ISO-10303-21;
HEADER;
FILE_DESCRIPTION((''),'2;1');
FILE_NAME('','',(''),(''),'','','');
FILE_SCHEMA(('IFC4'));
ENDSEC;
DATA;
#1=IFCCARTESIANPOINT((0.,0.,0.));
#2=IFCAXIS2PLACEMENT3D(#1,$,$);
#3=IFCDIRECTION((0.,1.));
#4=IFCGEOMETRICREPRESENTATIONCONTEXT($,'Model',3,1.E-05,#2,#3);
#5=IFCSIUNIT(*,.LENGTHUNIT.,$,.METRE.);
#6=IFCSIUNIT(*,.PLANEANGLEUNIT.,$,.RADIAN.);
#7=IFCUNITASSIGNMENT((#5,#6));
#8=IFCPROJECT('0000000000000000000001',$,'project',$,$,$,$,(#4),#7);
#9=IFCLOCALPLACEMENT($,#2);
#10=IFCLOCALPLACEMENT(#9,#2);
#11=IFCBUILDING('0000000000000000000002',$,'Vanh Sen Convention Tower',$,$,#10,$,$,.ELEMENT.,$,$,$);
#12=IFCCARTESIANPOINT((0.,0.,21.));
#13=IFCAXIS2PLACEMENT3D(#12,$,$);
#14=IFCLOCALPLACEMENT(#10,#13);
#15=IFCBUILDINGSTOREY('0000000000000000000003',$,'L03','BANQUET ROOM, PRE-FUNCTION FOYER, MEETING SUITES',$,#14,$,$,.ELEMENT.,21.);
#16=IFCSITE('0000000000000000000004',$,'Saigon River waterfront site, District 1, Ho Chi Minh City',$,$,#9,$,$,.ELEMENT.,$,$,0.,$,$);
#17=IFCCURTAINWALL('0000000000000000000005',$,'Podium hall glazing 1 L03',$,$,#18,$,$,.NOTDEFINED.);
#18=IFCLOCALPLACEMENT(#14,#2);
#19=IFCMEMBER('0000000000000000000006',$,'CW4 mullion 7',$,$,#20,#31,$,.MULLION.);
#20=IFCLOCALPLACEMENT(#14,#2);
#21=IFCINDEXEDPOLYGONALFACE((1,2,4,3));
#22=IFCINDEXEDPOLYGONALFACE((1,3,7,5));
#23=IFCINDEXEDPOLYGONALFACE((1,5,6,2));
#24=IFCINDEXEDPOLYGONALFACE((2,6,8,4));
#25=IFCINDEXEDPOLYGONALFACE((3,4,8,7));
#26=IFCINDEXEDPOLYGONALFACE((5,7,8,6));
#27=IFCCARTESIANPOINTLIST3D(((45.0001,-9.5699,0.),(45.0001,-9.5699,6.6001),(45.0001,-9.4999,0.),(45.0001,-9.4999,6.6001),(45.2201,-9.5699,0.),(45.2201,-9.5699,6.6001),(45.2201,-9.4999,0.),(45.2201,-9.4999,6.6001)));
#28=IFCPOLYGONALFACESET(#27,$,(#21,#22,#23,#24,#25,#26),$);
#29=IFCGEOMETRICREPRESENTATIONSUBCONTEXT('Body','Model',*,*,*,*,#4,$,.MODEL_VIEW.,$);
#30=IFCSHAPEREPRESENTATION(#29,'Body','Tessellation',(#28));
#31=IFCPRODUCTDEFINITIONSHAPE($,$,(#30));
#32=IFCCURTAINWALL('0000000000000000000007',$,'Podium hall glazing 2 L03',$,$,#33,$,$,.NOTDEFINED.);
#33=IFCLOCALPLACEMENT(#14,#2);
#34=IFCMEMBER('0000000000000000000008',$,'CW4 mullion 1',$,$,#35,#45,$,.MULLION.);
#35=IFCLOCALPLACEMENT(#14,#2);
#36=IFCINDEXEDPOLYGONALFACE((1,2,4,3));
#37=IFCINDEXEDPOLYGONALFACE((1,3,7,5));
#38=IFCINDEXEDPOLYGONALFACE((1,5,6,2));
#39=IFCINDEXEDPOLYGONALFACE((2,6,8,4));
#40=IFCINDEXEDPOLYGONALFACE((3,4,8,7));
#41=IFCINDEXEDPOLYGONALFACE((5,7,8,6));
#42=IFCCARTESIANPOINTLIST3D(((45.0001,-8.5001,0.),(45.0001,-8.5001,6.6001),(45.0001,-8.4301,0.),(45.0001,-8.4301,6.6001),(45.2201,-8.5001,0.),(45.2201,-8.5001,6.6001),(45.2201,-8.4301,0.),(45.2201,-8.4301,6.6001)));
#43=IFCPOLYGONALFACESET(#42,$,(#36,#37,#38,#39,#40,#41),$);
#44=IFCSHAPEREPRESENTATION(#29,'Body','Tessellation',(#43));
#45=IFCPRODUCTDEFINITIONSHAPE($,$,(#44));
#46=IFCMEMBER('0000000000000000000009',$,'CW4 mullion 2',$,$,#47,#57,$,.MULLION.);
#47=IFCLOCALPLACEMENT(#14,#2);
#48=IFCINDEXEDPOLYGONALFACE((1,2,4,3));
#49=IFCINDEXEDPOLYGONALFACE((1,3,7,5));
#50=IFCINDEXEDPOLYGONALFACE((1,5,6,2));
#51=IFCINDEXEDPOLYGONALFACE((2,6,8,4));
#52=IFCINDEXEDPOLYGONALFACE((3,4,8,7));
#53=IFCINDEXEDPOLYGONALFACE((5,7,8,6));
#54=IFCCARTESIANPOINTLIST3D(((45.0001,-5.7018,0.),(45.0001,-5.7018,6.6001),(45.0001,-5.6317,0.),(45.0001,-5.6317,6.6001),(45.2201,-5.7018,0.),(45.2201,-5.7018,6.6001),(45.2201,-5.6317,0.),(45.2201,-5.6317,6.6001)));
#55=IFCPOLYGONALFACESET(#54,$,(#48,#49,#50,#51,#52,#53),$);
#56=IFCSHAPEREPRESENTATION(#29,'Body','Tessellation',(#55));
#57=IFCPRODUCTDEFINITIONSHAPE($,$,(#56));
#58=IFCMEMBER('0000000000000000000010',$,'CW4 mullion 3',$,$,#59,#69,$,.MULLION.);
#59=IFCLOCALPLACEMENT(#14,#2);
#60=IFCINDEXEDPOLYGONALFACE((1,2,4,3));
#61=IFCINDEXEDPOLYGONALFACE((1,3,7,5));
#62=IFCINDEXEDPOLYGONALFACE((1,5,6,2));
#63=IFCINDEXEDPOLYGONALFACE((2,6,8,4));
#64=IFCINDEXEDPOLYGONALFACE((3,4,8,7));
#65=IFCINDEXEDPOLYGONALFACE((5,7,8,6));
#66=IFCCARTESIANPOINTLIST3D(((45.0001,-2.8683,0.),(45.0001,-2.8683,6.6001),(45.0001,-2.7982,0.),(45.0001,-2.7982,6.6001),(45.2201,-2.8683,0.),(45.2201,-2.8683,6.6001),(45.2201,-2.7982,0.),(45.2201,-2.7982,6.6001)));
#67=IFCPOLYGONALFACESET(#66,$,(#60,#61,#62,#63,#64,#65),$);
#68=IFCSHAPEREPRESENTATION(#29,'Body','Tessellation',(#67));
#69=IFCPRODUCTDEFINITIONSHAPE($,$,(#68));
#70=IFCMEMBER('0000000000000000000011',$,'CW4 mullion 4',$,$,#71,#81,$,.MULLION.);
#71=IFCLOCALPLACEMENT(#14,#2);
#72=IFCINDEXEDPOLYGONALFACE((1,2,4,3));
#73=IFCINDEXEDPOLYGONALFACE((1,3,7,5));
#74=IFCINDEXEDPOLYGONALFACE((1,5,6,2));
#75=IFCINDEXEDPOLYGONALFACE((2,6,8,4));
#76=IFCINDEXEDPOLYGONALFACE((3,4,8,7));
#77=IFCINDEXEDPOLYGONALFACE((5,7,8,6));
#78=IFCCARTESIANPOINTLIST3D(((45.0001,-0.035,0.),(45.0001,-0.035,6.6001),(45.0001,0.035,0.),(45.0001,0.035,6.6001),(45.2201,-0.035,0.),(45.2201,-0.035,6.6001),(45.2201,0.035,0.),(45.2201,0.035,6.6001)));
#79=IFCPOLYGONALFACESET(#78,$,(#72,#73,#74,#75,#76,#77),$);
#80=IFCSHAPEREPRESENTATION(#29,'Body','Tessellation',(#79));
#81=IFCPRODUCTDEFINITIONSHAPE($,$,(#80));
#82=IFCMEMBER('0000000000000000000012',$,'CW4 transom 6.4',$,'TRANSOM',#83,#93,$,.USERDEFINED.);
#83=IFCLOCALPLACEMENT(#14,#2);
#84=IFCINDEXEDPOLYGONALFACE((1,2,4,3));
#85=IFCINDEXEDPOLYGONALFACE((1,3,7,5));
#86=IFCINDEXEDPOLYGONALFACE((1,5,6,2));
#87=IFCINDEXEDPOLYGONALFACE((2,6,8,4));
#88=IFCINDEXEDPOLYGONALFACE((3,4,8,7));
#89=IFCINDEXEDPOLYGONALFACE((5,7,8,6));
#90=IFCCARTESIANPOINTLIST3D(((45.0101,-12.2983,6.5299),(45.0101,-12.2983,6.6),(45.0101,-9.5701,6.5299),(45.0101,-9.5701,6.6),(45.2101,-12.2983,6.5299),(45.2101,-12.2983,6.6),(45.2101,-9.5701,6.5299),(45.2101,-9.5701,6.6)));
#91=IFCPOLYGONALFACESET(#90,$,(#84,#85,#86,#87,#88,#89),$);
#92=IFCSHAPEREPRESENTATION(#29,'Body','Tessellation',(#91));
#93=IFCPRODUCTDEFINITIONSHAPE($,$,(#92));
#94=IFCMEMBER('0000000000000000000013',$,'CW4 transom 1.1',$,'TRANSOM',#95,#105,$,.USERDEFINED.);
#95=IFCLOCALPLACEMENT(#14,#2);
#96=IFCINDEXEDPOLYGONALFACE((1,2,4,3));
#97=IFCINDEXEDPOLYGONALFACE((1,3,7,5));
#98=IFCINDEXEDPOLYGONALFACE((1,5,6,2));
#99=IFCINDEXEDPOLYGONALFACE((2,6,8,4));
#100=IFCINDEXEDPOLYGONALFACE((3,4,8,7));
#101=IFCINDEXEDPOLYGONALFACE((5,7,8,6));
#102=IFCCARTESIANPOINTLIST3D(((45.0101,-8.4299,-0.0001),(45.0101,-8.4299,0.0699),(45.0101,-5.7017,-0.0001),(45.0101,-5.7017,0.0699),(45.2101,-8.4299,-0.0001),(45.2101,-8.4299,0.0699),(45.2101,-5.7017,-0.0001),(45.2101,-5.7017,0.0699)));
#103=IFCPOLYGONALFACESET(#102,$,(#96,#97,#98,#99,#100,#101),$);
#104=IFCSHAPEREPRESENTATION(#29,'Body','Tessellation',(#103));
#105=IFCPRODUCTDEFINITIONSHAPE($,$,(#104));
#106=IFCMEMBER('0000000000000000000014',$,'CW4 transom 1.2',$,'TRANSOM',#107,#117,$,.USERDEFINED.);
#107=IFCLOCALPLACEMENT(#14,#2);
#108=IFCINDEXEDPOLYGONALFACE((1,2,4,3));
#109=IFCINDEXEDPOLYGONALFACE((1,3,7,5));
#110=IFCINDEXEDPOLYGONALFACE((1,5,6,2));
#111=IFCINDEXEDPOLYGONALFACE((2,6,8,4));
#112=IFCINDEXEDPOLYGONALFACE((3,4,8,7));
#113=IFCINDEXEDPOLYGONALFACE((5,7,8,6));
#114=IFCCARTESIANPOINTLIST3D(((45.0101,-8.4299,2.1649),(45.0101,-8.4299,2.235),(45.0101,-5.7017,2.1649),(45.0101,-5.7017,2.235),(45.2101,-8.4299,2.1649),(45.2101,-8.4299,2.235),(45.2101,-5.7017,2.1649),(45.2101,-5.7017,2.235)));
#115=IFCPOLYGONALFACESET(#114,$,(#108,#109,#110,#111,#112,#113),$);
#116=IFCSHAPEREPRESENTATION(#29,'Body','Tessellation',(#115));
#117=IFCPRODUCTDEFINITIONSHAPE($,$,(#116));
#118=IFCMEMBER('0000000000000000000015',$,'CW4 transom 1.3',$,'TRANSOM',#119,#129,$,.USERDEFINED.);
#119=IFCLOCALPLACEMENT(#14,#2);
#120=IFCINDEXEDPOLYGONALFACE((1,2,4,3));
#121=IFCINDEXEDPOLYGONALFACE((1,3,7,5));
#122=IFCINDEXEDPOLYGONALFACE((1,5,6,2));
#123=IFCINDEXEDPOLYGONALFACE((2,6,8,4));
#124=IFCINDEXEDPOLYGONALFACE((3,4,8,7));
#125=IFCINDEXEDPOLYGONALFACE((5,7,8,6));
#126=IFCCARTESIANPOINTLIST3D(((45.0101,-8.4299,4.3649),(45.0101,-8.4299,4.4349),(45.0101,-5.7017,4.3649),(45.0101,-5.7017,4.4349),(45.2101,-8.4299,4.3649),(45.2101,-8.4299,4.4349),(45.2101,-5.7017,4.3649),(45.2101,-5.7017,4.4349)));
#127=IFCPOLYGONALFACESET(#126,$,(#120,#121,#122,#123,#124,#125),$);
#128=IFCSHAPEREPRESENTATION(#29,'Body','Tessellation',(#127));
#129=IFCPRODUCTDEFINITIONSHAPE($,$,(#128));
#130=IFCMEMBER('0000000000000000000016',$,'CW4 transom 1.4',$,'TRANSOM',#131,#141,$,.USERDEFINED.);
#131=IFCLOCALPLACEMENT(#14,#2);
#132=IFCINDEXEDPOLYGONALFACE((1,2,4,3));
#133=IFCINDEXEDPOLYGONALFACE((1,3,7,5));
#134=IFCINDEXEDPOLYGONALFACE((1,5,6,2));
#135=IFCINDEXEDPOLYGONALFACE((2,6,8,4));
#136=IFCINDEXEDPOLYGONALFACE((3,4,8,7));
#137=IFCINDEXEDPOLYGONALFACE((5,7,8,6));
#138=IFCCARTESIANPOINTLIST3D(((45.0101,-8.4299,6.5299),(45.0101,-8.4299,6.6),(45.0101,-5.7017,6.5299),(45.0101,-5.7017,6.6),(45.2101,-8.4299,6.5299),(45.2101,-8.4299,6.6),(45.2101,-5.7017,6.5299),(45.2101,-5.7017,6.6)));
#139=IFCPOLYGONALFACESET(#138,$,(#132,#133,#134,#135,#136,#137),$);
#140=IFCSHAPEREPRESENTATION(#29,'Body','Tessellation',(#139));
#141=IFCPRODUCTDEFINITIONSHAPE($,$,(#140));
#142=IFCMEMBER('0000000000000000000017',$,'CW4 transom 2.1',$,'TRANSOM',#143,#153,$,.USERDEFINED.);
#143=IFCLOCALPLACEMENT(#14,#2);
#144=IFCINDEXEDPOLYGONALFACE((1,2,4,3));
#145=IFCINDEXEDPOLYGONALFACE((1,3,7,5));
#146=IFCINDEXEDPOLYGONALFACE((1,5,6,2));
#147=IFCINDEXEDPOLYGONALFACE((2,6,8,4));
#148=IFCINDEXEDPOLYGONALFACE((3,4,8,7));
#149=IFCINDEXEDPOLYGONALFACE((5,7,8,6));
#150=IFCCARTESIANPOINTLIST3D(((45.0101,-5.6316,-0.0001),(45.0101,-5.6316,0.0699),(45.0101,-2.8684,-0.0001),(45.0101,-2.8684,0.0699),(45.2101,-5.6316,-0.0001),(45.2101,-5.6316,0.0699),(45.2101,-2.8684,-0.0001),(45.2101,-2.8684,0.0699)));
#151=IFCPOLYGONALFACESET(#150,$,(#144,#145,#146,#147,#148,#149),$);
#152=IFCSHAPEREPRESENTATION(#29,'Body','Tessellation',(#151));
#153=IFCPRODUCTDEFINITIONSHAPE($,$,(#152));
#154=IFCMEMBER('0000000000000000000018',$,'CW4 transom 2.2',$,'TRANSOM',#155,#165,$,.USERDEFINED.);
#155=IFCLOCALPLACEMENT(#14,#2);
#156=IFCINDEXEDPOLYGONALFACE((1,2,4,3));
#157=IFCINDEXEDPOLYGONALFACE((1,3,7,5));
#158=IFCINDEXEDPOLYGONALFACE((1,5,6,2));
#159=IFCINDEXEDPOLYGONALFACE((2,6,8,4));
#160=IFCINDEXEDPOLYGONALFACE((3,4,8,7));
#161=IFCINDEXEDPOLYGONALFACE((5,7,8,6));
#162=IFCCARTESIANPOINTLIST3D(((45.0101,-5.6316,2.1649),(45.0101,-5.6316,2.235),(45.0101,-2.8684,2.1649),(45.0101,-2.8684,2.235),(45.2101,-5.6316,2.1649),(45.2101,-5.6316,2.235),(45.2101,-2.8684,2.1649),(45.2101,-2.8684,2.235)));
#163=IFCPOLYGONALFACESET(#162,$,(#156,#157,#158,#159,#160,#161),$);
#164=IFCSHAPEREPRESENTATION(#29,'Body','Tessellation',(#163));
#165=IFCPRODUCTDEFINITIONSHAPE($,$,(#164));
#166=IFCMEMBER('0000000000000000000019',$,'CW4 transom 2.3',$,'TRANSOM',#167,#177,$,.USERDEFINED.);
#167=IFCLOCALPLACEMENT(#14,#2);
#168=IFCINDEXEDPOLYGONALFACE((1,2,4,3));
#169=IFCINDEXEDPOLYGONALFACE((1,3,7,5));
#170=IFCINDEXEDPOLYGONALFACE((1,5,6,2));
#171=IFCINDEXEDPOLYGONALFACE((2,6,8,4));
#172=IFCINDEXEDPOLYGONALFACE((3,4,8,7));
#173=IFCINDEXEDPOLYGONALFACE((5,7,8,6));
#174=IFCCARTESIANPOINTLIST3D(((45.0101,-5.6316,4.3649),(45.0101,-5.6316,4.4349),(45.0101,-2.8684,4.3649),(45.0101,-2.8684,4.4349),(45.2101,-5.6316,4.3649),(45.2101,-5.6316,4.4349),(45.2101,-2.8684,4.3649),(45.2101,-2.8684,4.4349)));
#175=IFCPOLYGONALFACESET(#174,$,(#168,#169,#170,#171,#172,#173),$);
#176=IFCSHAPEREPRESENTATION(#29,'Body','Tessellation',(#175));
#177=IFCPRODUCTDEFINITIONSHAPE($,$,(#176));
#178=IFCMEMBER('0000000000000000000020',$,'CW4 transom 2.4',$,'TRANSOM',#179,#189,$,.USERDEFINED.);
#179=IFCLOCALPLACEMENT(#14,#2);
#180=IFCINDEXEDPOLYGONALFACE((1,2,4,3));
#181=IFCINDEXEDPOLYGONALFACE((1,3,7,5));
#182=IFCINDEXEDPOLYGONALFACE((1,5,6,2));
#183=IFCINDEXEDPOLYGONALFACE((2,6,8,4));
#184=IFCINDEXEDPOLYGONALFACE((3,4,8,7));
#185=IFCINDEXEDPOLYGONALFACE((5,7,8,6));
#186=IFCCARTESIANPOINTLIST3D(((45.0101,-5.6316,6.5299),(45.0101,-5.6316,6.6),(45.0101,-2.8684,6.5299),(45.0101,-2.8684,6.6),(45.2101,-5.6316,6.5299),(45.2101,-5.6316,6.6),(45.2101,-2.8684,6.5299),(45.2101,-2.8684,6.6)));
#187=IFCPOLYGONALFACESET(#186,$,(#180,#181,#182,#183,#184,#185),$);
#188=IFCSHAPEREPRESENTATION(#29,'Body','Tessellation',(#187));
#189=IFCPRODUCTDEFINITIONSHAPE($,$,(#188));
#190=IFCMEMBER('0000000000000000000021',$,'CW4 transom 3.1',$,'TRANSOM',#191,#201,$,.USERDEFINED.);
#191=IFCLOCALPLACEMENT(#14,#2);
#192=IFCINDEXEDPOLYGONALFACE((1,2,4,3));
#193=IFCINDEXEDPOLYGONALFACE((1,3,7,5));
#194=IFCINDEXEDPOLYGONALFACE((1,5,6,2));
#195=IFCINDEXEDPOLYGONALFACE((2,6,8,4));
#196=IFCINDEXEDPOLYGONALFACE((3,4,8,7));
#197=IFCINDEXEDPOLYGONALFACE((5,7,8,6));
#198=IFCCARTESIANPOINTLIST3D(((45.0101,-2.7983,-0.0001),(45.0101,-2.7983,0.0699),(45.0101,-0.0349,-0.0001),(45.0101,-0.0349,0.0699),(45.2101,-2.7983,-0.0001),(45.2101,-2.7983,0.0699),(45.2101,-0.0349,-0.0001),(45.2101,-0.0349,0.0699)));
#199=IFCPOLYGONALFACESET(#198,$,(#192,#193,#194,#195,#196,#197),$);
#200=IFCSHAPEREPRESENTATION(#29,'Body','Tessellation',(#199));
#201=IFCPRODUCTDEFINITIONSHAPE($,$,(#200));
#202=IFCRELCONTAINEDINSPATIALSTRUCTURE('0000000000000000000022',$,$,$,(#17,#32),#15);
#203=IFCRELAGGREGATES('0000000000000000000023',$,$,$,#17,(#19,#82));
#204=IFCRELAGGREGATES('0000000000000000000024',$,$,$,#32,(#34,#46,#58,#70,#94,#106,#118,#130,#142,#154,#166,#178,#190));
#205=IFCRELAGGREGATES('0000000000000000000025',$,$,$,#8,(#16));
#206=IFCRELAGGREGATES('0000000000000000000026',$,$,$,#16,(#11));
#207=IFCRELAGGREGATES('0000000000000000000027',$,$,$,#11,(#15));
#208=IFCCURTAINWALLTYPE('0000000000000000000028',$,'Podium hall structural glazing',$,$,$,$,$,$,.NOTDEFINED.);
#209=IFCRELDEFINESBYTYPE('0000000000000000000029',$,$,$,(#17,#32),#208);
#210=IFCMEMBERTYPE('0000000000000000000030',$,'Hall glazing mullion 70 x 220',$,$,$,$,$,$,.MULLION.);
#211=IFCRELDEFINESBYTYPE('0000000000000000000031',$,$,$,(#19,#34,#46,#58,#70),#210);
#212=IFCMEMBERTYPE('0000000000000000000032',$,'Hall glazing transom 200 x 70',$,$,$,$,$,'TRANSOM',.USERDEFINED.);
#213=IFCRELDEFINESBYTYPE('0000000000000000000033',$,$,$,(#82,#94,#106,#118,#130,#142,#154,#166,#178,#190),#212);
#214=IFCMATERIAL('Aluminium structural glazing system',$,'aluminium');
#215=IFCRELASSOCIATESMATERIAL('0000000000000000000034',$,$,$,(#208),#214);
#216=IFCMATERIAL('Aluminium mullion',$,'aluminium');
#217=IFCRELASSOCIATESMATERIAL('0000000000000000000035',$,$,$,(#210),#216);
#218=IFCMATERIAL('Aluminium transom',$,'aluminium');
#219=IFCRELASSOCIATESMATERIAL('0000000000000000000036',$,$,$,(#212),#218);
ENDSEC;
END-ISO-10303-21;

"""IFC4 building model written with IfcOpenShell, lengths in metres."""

from ifc_helpers import new_model, si_unit, direction, frame, origin, origin_2d, place, context, subcontext, project, spatial, rectangle, extrude, material, material_profile, profile_set, type_object, element, aggregate, save


model = new_model("IFC4")

# Units and contexts
model_context = context("Model", 3, precision=1e-05, world=origin(), true_north=direction((0.0, 1.0)))
body_context = subcontext(model_context, "Body", "Model", "MODEL_VIEW")
ifc_project = project(units=[si_unit("LENGTHUNIT", "METRE"), si_unit("PLANEANGLEUNIT", "RADIAN")], contexts=[model_context])

# Site, building, storey
site_placement = place(None, origin())
site = spatial("IfcSite", under=ifc_project, at=site_placement, Name="Saigon River waterfront site, District 1, Ho Chi Minh City", CompositionType="ELEMENT", RefElevation=0.0)
building_placement = place(site_placement, origin())
building = spatial("IfcBuilding", under=site, at=building_placement, Name="Vanh Sen Convention Tower", CompositionType="ELEMENT")
storey_placement = place(building_placement, frame((0.0, 0.0, 21.0)))
storey = spatial("IfcBuildingStorey", under=building, at=storey_placement, Name="L03", Description="BANQUET ROOM, PRE-FUNCTION FOYER, MEETING SUITES", CompositionType="ELEMENT", Elevation=21.0)

# Curtain wall, member
ifc_material_1 = material(Name="Aluminium structural glazing system", Category="aluminium")
curtain_wall_type = type_object("IfcCurtainWallType", Name="Podium hall structural glazing", PredefinedType="NOTDEFINED", material=ifc_material_1)
curtain_wall_1_placement = place(storey_placement, origin())
curtain_wall_1 = element("IfcCurtainWall", 1, at=curtain_wall_1_placement, inside=storey, type_object=curtain_wall_type, Name="Podium hall glazing 1 L03", PredefinedType="NOTDEFINED")
ifc_material_2 = material(Name="Aluminium mullion", Category="aluminium")
ifc_material_profile_1 = material_profile(ifc_material_2, rectangle(XDim=0.22, YDim=0.0701, at=origin_2d()), Name="Hall glazing mullion 70 x 220")
ifc_profile_set_1 = profile_set([ifc_material_profile_1], Name="Aluminium mullion")
member_type_1 = type_object("IfcMemberType", Name="Hall glazing mullion 70 x 220", PredefinedType="MULLION", material=ifc_profile_set_1)
member_1_placement = place(storey_placement, frame((45.1101, -9.5349, 0.0), z_axis=(0.0, 0.0, 1.0), x_axis=(-1.0, 0.0, 0.0)))
member_1 = element("IfcMember", 2, at=member_1_placement, type_object=member_type_1, Name="CW4 mullion 7", PredefinedType="MULLION", context=body_context, shape_type="SweptSolid", body=[
    extrude(rectangle(XDim=0.22, YDim=0.0701, at=origin_2d()), origin(), (0.0, 0.0, 1.0), 6.6001),
])

# Curtain wall, members
curtain_wall_2_placement = place(storey_placement, origin())
curtain_wall_2 = element("IfcCurtainWall", 3, at=curtain_wall_2_placement, inside=storey, type_object=curtain_wall_type, Name="Podium hall glazing 2 L03", PredefinedType="NOTDEFINED")
member_2_placement = place(storey_placement, frame((45.1101, -8.4651, 0.0), z_axis=(0.0, 0.0, 1.0), x_axis=(-1.0, 0.0, 0.0)))
member_2 = element("IfcMember", 4, at=member_2_placement, type_object=member_type_1, Name="CW4 mullion 1", PredefinedType="MULLION", context=body_context, shape_type="SweptSolid", body=[
    extrude(rectangle(XDim=0.22, YDim=0.0701, at=origin_2d()), origin(), (0.0, 0.0, 1.0), 6.6001),
])
member_3_placement = place(storey_placement, frame((45.1101, -5.6667, 0.0), z_axis=(0.0, 0.0, 1.0), x_axis=(-1.0, 0.0, 0.0)))
member_3 = element("IfcMember", 5, at=member_3_placement, type_object=member_type_1, Name="CW4 mullion 2", PredefinedType="MULLION", context=body_context, shape_type="SweptSolid", body=[
    extrude(rectangle(XDim=0.22, YDim=0.0701, at=origin_2d()), origin(), (0.0, 0.0, 1.0), 6.6001),
])
member_4_placement = place(storey_placement, frame((45.1101, -2.8333, 0.0), z_axis=(0.0, 0.0, 1.0), x_axis=(-1.0, 0.0, 0.0)))
member_4 = element("IfcMember", 6, at=member_4_placement, type_object=member_type_1, Name="CW4 mullion 3", PredefinedType="MULLION", context=body_context, shape_type="SweptSolid", body=[
    extrude(rectangle(XDim=0.22, YDim=0.0701, at=origin_2d()), origin(), (0.0, 0.0, 1.0), 6.6001),
])
member_5_placement = place(storey_placement, frame((45.1101, 0.0, 0.0), z_axis=(0.0, 0.0, 1.0), x_axis=(-1.0, 0.0, 0.0)))
member_5 = element("IfcMember", 7, at=member_5_placement, type_object=member_type_1, Name="CW4 mullion 4", PredefinedType="MULLION", context=body_context, shape_type="SweptSolid", body=[
    extrude(rectangle(XDim=0.22, YDim=0.0701, at=origin_2d()), origin(), (0.0, 0.0, 1.0), 6.6001),
])

# Members
ifc_material_3 = material(Name="Aluminium transom", Category="aluminium")
ifc_material_profile_2 = material_profile(ifc_material_3, rectangle(XDim=0.2, YDim=0.0701, at=origin_2d()), Name="Hall glazing transom 200 x 70")
ifc_profile_set_2 = profile_set([ifc_material_profile_2], Name="Aluminium transom")
member_type_2 = type_object("IfcMemberType", Name="Hall glazing transom 200 x 70", ElementType="TRANSOM", PredefinedType="USERDEFINED", material=ifc_profile_set_2)
member_6_placement = place(storey_placement, frame((45.1101, -12.2983, 6.5649), z_axis=(0.0, 1.0, 0.0), x_axis=(-1.0, 0.0, 0.0)))
member_6 = element("IfcMember", 8, at=member_6_placement, type_object=member_type_2, Name="CW4 transom 6.4", ObjectType="TRANSOM", PredefinedType="USERDEFINED", context=body_context, shape_type="SweptSolid", body=[
    extrude(rectangle(XDim=0.2, YDim=0.0701, at=origin_2d()), origin(), (0.0, 0.0, 1.0), 2.7283),
])
member_7_placement = place(storey_placement, frame((45.1101, -8.4299, 0.0349), z_axis=(0.0, 1.0, 0.0), x_axis=(-1.0, 0.0, 0.0)))
member_7 = element("IfcMember", 9, at=member_7_placement, type_object=member_type_2, Name="CW4 transom 1.1", ObjectType="TRANSOM", PredefinedType="USERDEFINED", context=body_context, shape_type="SweptSolid", body=[
    extrude(rectangle(XDim=0.2, YDim=0.0701, at=origin_2d()), origin(), (0.0, 0.0, 1.0), 2.7283),
])
member_8_placement = place(storey_placement, frame((45.1101, -8.4299, 2.2), z_axis=(0.0, 1.0, 0.0), x_axis=(-1.0, 0.0, 0.0)))
member_8 = element("IfcMember", 10, at=member_8_placement, type_object=member_type_2, Name="CW4 transom 1.2", ObjectType="TRANSOM", PredefinedType="USERDEFINED", context=body_context, shape_type="SweptSolid", body=[
    extrude(rectangle(XDim=0.2, YDim=0.0701, at=origin_2d()), origin(), (0.0, 0.0, 1.0), 2.7283),
])
member_9_placement = place(storey_placement, frame((45.1101, -8.4299, 4.3999), z_axis=(0.0, 1.0, 0.0), x_axis=(-1.0, 0.0, 0.0)))
member_9 = element("IfcMember", 11, at=member_9_placement, type_object=member_type_2, Name="CW4 transom 1.3", ObjectType="TRANSOM", PredefinedType="USERDEFINED", context=body_context, shape_type="SweptSolid", body=[
    extrude(rectangle(XDim=0.2, YDim=0.0701, at=origin_2d()), origin(), (0.0, 0.0, 1.0), 2.7283),
])
member_10_placement = place(storey_placement, frame((45.1101, -8.4299, 6.5649), z_axis=(0.0, 1.0, 0.0), x_axis=(-1.0, 0.0, 0.0)))
member_10 = element("IfcMember", 12, at=member_10_placement, type_object=member_type_2, Name="CW4 transom 1.4", ObjectType="TRANSOM", PredefinedType="USERDEFINED", context=body_context, shape_type="SweptSolid", body=[
    extrude(rectangle(XDim=0.2, YDim=0.0701, at=origin_2d()), origin(), (0.0, 0.0, 1.0), 2.7283),
])
member_11_placement = place(storey_placement, frame((45.1101, -5.6316, 0.0349), z_axis=(0.0, 1.0, 0.0), x_axis=(-1.0, 0.0, 0.0)))
member_11 = element("IfcMember", 13, at=member_11_placement, type_object=member_type_2, Name="CW4 transom 2.1", ObjectType="TRANSOM", PredefinedType="USERDEFINED", context=body_context, shape_type="SweptSolid", body=[
    extrude(rectangle(XDim=0.2, YDim=0.0701, at=origin_2d()), origin(), (0.0, 0.0, 1.0), 2.7632),
])
member_12_placement = place(storey_placement, frame((45.1101, -5.6316, 2.2), z_axis=(0.0, 1.0, 0.0), x_axis=(-1.0, 0.0, 0.0)))
member_12 = element("IfcMember", 14, at=member_12_placement, type_object=member_type_2, Name="CW4 transom 2.2", ObjectType="TRANSOM", PredefinedType="USERDEFINED", context=body_context, shape_type="SweptSolid", body=[
    extrude(rectangle(XDim=0.2, YDim=0.0701, at=origin_2d()), origin(), (0.0, 0.0, 1.0), 2.7632),
])
member_13_placement = place(storey_placement, frame((45.1101, -5.6316, 4.3999), z_axis=(0.0, 1.0, 0.0), x_axis=(-1.0, 0.0, 0.0)))
member_13 = element("IfcMember", 15, at=member_13_placement, type_object=member_type_2, Name="CW4 transom 2.3", ObjectType="TRANSOM", PredefinedType="USERDEFINED", context=body_context, shape_type="SweptSolid", body=[
    extrude(rectangle(XDim=0.2, YDim=0.0701, at=origin_2d()), origin(), (0.0, 0.0, 1.0), 2.7632),
])
member_14_placement = place(storey_placement, frame((45.1101, -5.6316, 6.5649), z_axis=(0.0, 1.0, 0.0), x_axis=(-1.0, 0.0, 0.0)))
member_14 = element("IfcMember", 16, at=member_14_placement, type_object=member_type_2, Name="CW4 transom 2.4", ObjectType="TRANSOM", PredefinedType="USERDEFINED", context=body_context, shape_type="SweptSolid", body=[
    extrude(rectangle(XDim=0.2, YDim=0.0701, at=origin_2d()), origin(), (0.0, 0.0, 1.0), 2.7632),
])
member_15_placement = place(storey_placement, frame((45.1101, -2.7983, 0.0349), z_axis=(0.0, 1.0, 0.0), x_axis=(-1.0, 0.0, 0.0)))
member_15 = element("IfcMember", 17, at=member_15_placement, type_object=member_type_2, Name="CW4 transom 3.1", ObjectType="TRANSOM", PredefinedType="USERDEFINED", context=body_context, shape_type="SweptSolid", body=[
    extrude(rectangle(XDim=0.2, YDim=0.0701, at=origin_2d()), origin(), (0.0, 0.0, 1.0), 2.7634),
])

aggregate(curtain_wall_1, [member_1, member_6])
aggregate(curtain_wall_2, [member_2, member_3, member_4, member_5, member_7, member_8, member_9, member_10, member_11, member_12, member_13, member_14, member_15])

save(model, "model.ifc")
